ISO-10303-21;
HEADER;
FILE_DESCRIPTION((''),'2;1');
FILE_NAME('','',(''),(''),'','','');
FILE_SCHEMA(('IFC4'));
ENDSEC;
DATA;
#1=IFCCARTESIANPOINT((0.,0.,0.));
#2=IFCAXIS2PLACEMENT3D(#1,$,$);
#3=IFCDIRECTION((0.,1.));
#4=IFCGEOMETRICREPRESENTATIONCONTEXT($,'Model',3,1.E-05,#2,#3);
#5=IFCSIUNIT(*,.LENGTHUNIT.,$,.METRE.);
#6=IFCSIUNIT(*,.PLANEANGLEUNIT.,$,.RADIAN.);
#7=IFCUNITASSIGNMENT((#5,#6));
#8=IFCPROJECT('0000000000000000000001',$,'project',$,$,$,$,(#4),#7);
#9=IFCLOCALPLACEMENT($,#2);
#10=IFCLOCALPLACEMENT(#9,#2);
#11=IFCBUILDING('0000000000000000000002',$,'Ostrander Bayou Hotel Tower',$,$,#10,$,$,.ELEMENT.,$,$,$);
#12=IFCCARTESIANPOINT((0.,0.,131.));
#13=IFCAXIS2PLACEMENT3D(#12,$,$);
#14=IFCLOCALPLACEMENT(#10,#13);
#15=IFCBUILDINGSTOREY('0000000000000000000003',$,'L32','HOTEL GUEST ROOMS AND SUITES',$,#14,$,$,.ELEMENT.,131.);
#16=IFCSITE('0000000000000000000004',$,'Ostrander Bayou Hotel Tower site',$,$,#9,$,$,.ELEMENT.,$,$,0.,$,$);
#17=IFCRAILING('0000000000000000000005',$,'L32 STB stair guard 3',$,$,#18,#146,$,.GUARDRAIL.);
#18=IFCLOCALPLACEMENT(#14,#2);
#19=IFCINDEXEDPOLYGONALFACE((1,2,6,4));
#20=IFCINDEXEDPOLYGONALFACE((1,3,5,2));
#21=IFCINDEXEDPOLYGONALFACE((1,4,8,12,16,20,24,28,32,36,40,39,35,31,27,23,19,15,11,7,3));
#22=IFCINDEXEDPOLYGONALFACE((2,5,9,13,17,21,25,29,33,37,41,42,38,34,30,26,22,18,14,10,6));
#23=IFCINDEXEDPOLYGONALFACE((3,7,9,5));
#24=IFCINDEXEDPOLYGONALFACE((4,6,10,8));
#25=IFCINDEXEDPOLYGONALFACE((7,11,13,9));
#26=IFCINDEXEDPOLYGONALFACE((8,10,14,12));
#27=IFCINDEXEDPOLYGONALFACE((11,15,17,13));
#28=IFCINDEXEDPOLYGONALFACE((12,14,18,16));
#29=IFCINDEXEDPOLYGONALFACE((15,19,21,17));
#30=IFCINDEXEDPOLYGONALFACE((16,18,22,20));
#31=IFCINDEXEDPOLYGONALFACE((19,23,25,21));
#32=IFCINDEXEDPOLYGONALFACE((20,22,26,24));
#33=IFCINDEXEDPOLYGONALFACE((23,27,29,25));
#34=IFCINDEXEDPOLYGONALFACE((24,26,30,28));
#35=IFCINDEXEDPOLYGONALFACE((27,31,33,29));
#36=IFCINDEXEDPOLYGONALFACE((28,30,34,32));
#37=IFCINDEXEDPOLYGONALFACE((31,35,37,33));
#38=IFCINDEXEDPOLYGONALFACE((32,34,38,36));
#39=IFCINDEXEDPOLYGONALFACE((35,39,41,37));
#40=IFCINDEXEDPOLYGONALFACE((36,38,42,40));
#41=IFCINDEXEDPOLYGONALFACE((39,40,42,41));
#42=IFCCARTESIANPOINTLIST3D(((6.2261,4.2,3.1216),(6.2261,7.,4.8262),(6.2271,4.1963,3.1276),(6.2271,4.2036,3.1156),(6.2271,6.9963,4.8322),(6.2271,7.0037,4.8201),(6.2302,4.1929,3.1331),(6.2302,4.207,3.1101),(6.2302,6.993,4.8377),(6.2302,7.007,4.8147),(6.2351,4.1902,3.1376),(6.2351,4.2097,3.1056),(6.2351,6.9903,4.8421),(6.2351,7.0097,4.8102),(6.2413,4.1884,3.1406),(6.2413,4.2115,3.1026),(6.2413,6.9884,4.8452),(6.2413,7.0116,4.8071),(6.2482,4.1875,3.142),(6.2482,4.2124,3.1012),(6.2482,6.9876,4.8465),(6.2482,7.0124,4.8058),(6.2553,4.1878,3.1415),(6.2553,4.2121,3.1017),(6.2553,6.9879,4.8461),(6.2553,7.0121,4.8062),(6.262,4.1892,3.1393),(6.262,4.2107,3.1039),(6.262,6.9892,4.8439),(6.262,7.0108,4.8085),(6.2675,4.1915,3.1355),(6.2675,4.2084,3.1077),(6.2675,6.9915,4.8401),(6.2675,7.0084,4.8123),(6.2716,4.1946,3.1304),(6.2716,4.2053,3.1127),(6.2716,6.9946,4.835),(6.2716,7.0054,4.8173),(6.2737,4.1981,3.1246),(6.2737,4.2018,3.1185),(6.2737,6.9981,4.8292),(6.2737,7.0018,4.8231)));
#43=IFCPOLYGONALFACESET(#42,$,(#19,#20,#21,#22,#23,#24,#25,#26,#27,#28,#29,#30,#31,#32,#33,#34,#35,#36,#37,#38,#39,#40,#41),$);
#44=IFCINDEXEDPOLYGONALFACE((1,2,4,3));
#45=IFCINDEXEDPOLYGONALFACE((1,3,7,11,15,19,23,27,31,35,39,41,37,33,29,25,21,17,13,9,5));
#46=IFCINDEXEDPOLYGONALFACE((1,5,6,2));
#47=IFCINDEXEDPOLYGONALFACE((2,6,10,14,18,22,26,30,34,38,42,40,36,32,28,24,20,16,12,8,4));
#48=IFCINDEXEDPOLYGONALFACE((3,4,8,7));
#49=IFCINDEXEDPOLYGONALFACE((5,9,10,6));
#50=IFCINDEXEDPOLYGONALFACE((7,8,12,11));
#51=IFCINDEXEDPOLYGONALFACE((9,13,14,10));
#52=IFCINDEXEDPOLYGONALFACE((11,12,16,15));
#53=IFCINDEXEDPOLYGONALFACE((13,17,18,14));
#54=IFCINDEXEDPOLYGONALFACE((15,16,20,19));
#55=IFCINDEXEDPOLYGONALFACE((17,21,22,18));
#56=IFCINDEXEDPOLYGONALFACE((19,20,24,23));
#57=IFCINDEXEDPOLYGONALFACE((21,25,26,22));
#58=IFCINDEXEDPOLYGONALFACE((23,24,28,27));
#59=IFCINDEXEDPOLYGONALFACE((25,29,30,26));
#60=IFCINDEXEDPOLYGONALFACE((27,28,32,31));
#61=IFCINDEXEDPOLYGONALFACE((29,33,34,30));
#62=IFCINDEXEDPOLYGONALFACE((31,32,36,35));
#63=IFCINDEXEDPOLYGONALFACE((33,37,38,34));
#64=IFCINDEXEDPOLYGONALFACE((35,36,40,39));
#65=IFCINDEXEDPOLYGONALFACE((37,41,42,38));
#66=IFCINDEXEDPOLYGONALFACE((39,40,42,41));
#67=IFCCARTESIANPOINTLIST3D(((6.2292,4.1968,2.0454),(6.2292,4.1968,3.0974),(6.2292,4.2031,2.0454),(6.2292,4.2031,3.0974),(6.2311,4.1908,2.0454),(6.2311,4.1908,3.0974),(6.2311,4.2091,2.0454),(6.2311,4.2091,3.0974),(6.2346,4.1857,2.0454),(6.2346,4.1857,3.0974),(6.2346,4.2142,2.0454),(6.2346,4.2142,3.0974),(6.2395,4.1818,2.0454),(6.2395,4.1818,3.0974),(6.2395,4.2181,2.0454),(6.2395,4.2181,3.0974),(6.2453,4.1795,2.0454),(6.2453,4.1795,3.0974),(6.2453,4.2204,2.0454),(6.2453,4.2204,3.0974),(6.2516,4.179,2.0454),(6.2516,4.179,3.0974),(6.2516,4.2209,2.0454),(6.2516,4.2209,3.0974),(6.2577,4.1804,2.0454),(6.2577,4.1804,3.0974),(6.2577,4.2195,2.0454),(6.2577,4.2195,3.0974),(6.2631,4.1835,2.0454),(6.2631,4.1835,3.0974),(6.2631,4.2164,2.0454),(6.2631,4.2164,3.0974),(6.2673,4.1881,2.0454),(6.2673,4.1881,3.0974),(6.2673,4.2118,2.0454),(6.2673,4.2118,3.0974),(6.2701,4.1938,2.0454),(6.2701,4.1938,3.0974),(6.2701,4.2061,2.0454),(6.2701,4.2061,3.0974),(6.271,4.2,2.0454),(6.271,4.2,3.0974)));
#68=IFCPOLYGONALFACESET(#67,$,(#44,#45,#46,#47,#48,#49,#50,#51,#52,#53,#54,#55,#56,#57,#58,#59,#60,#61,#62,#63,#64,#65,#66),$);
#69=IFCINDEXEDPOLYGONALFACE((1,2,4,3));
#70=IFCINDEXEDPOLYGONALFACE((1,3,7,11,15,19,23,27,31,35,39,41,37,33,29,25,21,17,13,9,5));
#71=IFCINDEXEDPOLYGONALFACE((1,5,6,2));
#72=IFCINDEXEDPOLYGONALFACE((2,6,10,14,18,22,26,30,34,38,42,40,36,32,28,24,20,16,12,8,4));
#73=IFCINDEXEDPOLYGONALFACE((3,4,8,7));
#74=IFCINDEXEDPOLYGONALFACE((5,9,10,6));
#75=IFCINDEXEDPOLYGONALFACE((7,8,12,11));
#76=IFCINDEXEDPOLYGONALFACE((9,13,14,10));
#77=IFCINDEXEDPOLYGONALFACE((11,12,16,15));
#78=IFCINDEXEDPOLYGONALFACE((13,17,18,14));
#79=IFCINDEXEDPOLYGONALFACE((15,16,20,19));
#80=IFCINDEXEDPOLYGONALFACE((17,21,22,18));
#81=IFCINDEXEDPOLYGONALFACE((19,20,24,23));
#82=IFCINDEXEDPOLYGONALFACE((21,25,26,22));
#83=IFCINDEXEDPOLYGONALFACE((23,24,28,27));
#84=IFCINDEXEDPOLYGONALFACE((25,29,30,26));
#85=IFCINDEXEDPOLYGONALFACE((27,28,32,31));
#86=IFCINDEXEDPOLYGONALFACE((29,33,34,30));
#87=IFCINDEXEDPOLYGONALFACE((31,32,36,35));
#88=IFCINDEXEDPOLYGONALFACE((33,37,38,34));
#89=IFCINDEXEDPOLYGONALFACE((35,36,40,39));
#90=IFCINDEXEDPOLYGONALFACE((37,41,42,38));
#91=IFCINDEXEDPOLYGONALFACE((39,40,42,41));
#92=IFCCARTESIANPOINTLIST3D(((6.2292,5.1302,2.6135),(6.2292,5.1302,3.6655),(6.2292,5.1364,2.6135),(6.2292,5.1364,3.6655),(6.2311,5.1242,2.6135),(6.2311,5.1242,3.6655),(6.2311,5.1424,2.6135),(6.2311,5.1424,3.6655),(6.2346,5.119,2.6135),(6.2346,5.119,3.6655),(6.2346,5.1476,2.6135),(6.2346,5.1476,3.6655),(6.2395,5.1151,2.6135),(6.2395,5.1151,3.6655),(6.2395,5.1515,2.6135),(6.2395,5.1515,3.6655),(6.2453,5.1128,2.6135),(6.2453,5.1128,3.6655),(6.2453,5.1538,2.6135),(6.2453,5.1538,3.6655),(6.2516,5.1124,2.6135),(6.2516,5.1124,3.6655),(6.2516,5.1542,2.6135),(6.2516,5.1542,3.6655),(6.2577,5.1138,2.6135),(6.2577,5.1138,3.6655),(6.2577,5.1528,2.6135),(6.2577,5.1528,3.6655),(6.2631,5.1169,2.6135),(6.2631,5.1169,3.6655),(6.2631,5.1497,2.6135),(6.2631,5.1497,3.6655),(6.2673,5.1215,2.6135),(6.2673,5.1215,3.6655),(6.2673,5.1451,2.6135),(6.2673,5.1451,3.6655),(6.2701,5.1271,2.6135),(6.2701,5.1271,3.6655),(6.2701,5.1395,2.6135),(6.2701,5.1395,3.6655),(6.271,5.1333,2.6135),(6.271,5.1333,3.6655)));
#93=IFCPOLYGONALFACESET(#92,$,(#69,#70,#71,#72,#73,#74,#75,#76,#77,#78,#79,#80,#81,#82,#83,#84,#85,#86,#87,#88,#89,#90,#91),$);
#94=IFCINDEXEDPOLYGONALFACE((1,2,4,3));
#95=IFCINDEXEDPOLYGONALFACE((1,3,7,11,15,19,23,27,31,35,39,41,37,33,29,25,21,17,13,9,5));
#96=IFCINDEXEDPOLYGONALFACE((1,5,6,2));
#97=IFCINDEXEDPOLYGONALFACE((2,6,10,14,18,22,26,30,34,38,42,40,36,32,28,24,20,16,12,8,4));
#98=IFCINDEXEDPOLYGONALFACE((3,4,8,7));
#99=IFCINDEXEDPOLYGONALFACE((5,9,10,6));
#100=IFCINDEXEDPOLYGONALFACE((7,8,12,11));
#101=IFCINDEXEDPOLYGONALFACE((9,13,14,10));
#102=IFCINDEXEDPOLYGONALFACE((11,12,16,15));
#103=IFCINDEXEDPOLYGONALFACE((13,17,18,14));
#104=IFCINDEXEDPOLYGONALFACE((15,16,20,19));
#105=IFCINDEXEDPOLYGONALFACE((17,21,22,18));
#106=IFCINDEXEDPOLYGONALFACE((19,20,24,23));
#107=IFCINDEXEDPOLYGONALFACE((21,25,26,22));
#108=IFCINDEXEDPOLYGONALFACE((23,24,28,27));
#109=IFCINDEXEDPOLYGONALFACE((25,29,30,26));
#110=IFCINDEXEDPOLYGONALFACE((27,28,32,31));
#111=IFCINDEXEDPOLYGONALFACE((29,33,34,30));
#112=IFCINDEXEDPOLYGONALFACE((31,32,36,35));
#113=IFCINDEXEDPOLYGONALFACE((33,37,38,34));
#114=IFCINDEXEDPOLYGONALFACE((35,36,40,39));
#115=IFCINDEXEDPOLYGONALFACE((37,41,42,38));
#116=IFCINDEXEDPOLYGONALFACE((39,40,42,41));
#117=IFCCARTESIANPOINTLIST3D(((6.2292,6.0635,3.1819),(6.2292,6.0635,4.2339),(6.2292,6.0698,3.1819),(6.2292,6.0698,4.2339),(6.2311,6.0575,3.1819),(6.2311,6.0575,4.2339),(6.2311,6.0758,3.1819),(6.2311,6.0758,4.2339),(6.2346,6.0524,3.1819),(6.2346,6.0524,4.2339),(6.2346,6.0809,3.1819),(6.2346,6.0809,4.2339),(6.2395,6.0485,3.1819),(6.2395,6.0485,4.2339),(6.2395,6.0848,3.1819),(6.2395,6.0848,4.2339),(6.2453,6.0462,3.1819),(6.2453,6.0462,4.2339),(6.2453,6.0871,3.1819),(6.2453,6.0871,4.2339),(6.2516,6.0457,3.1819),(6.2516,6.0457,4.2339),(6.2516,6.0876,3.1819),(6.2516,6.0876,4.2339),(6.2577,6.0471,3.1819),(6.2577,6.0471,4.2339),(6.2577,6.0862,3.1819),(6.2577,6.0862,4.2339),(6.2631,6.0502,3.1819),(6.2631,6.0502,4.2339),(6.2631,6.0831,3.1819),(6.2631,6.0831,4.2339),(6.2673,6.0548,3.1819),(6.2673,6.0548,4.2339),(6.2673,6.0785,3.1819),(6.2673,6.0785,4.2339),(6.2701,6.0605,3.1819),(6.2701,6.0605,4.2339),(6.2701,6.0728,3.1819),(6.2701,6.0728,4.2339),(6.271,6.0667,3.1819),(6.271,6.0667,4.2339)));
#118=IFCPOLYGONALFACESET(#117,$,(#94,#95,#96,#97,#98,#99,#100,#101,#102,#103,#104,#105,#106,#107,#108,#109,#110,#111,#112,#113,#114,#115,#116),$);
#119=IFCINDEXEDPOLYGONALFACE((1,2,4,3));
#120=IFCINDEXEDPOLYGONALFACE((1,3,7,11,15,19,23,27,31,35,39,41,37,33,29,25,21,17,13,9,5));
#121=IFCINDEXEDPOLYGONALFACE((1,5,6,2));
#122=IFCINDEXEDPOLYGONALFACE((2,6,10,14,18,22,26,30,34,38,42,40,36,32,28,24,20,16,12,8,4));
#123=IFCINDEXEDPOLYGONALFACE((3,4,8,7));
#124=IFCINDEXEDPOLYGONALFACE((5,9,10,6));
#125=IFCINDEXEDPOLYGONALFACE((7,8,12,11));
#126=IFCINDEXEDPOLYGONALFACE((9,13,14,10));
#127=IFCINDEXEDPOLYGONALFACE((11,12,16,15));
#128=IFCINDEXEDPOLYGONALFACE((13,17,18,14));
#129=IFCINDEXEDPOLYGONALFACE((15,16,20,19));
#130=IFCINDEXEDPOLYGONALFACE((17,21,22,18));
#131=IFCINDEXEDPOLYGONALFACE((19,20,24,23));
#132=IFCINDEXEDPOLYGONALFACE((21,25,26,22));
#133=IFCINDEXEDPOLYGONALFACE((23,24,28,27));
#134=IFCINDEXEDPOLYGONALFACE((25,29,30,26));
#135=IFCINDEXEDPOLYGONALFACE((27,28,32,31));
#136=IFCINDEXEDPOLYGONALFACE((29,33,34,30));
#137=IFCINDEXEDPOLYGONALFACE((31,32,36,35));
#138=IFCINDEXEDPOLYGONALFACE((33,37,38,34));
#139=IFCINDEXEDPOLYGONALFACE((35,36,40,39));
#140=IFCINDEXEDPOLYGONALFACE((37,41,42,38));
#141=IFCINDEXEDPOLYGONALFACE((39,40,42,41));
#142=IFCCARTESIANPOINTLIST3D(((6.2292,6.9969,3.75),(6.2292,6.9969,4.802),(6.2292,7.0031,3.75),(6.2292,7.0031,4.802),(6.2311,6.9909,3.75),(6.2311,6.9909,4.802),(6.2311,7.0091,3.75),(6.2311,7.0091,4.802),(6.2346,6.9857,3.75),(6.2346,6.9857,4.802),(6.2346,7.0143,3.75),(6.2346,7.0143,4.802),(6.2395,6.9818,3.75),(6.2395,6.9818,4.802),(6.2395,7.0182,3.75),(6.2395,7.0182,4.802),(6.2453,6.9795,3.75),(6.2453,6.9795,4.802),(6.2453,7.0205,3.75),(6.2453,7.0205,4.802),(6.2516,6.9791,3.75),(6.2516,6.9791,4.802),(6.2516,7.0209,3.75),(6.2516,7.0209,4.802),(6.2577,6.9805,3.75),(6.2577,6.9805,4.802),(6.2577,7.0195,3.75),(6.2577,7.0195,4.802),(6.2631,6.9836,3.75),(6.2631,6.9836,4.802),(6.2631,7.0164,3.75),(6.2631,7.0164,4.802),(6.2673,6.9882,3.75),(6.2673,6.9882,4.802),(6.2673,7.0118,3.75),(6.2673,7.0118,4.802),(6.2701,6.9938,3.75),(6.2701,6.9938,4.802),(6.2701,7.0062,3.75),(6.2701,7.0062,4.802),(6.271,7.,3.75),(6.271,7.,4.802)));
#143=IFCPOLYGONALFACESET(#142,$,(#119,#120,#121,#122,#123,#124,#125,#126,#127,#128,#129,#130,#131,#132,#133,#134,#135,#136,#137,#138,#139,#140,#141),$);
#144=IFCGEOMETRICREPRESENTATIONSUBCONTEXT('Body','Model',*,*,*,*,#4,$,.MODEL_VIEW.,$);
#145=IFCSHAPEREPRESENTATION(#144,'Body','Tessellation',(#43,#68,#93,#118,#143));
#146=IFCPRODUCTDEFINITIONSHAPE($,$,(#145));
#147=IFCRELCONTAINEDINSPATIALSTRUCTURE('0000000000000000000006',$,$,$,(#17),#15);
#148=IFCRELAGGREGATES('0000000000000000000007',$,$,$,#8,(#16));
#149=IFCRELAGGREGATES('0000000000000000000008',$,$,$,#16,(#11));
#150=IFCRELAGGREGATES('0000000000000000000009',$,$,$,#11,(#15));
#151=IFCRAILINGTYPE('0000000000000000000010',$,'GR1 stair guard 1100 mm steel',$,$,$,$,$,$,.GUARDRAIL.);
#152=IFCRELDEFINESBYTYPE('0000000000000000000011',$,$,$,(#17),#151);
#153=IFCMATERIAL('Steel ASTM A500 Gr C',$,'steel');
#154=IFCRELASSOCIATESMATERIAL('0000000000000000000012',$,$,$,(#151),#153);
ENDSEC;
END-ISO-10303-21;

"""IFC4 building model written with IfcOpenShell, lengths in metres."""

from ifc_helpers import new_model, si_unit, direction, frame, origin, origin_2d, place, context, subcontext, project, spatial, circle, extrude, material, type_object, element, save


model = new_model("IFC4")

# Units and contexts
model_context = context("Model", 3, precision=1e-05, world=origin(), true_north=direction((0.0, 1.0)))
body_context = subcontext(model_context, "Body", "Model", "MODEL_VIEW")
ifc_project = project(units=[si_unit("LENGTHUNIT", "METRE"), si_unit("PLANEANGLEUNIT", "RADIAN")], contexts=[model_context])

# Site, building, storey
site_placement = place(None, origin())
site = spatial("IfcSite", under=ifc_project, at=site_placement, Name="Ostrander Bayou Hotel Tower site", CompositionType="ELEMENT", RefElevation=0.0)
building_placement = place(site_placement, origin())
building = spatial("IfcBuilding", under=site, at=building_placement, Name="Ostrander Bayou Hotel Tower", CompositionType="ELEMENT")
storey_placement = place(building_placement, frame((0.0, 0.0, 131.0)))
storey = spatial("IfcBuildingStorey", under=building, at=storey_placement, Name="L32", Description="HOTEL GUEST ROOMS AND SUITES", CompositionType="ELEMENT", Elevation=131.0)

# Railing
ifc_material_1 = material(Name="Steel ASTM A500 Gr C", Category="steel")
railing_type_1 = type_object("IfcRailingType", Name="GR1 stair guard 1100 mm steel", PredefinedType="GUARDRAIL", material=ifc_material_1)
railing_1_placement = place(storey_placement, frame((6.25, 4.2, 2.0454)))
element("IfcRailing", 1, at=railing_1_placement, inside=storey, type_object=railing_type_1, Name="L32 STB stair guard 3", PredefinedType="GUARDRAIL", context=body_context, shape_type="SweptSolid", body=[
    extrude(circle(Radius=0.0239, at=origin_2d()), frame((0.0, 0.0, 1.0762), z_axis=(0.0, 0.85417, 0.519994), x_axis=(-1.0, 0.0, 0.0)), (0.0, 0.0, 1.0), 3.2781),
    extrude(circle(Radius=0.021, at=origin_2d()), origin(), (0.0, 0.0, 1.0), 1.052),
    extrude(circle(Radius=0.021, at=origin_2d()), frame((0.0, 0.9333, 0.5681)), (0.0, 0.0, 1.0), 1.052),
    extrude(circle(Radius=0.021, at=origin_2d()), frame((0.0, 1.8667, 1.1365)), (0.0, 0.0, 1.0), 1.052),
    extrude(circle(Radius=0.021, at=origin_2d()), frame((0.0, 2.8, 1.7046)), (0.0, 0.0, 1.0), 1.052),
])

save(model, "model.ifc")
